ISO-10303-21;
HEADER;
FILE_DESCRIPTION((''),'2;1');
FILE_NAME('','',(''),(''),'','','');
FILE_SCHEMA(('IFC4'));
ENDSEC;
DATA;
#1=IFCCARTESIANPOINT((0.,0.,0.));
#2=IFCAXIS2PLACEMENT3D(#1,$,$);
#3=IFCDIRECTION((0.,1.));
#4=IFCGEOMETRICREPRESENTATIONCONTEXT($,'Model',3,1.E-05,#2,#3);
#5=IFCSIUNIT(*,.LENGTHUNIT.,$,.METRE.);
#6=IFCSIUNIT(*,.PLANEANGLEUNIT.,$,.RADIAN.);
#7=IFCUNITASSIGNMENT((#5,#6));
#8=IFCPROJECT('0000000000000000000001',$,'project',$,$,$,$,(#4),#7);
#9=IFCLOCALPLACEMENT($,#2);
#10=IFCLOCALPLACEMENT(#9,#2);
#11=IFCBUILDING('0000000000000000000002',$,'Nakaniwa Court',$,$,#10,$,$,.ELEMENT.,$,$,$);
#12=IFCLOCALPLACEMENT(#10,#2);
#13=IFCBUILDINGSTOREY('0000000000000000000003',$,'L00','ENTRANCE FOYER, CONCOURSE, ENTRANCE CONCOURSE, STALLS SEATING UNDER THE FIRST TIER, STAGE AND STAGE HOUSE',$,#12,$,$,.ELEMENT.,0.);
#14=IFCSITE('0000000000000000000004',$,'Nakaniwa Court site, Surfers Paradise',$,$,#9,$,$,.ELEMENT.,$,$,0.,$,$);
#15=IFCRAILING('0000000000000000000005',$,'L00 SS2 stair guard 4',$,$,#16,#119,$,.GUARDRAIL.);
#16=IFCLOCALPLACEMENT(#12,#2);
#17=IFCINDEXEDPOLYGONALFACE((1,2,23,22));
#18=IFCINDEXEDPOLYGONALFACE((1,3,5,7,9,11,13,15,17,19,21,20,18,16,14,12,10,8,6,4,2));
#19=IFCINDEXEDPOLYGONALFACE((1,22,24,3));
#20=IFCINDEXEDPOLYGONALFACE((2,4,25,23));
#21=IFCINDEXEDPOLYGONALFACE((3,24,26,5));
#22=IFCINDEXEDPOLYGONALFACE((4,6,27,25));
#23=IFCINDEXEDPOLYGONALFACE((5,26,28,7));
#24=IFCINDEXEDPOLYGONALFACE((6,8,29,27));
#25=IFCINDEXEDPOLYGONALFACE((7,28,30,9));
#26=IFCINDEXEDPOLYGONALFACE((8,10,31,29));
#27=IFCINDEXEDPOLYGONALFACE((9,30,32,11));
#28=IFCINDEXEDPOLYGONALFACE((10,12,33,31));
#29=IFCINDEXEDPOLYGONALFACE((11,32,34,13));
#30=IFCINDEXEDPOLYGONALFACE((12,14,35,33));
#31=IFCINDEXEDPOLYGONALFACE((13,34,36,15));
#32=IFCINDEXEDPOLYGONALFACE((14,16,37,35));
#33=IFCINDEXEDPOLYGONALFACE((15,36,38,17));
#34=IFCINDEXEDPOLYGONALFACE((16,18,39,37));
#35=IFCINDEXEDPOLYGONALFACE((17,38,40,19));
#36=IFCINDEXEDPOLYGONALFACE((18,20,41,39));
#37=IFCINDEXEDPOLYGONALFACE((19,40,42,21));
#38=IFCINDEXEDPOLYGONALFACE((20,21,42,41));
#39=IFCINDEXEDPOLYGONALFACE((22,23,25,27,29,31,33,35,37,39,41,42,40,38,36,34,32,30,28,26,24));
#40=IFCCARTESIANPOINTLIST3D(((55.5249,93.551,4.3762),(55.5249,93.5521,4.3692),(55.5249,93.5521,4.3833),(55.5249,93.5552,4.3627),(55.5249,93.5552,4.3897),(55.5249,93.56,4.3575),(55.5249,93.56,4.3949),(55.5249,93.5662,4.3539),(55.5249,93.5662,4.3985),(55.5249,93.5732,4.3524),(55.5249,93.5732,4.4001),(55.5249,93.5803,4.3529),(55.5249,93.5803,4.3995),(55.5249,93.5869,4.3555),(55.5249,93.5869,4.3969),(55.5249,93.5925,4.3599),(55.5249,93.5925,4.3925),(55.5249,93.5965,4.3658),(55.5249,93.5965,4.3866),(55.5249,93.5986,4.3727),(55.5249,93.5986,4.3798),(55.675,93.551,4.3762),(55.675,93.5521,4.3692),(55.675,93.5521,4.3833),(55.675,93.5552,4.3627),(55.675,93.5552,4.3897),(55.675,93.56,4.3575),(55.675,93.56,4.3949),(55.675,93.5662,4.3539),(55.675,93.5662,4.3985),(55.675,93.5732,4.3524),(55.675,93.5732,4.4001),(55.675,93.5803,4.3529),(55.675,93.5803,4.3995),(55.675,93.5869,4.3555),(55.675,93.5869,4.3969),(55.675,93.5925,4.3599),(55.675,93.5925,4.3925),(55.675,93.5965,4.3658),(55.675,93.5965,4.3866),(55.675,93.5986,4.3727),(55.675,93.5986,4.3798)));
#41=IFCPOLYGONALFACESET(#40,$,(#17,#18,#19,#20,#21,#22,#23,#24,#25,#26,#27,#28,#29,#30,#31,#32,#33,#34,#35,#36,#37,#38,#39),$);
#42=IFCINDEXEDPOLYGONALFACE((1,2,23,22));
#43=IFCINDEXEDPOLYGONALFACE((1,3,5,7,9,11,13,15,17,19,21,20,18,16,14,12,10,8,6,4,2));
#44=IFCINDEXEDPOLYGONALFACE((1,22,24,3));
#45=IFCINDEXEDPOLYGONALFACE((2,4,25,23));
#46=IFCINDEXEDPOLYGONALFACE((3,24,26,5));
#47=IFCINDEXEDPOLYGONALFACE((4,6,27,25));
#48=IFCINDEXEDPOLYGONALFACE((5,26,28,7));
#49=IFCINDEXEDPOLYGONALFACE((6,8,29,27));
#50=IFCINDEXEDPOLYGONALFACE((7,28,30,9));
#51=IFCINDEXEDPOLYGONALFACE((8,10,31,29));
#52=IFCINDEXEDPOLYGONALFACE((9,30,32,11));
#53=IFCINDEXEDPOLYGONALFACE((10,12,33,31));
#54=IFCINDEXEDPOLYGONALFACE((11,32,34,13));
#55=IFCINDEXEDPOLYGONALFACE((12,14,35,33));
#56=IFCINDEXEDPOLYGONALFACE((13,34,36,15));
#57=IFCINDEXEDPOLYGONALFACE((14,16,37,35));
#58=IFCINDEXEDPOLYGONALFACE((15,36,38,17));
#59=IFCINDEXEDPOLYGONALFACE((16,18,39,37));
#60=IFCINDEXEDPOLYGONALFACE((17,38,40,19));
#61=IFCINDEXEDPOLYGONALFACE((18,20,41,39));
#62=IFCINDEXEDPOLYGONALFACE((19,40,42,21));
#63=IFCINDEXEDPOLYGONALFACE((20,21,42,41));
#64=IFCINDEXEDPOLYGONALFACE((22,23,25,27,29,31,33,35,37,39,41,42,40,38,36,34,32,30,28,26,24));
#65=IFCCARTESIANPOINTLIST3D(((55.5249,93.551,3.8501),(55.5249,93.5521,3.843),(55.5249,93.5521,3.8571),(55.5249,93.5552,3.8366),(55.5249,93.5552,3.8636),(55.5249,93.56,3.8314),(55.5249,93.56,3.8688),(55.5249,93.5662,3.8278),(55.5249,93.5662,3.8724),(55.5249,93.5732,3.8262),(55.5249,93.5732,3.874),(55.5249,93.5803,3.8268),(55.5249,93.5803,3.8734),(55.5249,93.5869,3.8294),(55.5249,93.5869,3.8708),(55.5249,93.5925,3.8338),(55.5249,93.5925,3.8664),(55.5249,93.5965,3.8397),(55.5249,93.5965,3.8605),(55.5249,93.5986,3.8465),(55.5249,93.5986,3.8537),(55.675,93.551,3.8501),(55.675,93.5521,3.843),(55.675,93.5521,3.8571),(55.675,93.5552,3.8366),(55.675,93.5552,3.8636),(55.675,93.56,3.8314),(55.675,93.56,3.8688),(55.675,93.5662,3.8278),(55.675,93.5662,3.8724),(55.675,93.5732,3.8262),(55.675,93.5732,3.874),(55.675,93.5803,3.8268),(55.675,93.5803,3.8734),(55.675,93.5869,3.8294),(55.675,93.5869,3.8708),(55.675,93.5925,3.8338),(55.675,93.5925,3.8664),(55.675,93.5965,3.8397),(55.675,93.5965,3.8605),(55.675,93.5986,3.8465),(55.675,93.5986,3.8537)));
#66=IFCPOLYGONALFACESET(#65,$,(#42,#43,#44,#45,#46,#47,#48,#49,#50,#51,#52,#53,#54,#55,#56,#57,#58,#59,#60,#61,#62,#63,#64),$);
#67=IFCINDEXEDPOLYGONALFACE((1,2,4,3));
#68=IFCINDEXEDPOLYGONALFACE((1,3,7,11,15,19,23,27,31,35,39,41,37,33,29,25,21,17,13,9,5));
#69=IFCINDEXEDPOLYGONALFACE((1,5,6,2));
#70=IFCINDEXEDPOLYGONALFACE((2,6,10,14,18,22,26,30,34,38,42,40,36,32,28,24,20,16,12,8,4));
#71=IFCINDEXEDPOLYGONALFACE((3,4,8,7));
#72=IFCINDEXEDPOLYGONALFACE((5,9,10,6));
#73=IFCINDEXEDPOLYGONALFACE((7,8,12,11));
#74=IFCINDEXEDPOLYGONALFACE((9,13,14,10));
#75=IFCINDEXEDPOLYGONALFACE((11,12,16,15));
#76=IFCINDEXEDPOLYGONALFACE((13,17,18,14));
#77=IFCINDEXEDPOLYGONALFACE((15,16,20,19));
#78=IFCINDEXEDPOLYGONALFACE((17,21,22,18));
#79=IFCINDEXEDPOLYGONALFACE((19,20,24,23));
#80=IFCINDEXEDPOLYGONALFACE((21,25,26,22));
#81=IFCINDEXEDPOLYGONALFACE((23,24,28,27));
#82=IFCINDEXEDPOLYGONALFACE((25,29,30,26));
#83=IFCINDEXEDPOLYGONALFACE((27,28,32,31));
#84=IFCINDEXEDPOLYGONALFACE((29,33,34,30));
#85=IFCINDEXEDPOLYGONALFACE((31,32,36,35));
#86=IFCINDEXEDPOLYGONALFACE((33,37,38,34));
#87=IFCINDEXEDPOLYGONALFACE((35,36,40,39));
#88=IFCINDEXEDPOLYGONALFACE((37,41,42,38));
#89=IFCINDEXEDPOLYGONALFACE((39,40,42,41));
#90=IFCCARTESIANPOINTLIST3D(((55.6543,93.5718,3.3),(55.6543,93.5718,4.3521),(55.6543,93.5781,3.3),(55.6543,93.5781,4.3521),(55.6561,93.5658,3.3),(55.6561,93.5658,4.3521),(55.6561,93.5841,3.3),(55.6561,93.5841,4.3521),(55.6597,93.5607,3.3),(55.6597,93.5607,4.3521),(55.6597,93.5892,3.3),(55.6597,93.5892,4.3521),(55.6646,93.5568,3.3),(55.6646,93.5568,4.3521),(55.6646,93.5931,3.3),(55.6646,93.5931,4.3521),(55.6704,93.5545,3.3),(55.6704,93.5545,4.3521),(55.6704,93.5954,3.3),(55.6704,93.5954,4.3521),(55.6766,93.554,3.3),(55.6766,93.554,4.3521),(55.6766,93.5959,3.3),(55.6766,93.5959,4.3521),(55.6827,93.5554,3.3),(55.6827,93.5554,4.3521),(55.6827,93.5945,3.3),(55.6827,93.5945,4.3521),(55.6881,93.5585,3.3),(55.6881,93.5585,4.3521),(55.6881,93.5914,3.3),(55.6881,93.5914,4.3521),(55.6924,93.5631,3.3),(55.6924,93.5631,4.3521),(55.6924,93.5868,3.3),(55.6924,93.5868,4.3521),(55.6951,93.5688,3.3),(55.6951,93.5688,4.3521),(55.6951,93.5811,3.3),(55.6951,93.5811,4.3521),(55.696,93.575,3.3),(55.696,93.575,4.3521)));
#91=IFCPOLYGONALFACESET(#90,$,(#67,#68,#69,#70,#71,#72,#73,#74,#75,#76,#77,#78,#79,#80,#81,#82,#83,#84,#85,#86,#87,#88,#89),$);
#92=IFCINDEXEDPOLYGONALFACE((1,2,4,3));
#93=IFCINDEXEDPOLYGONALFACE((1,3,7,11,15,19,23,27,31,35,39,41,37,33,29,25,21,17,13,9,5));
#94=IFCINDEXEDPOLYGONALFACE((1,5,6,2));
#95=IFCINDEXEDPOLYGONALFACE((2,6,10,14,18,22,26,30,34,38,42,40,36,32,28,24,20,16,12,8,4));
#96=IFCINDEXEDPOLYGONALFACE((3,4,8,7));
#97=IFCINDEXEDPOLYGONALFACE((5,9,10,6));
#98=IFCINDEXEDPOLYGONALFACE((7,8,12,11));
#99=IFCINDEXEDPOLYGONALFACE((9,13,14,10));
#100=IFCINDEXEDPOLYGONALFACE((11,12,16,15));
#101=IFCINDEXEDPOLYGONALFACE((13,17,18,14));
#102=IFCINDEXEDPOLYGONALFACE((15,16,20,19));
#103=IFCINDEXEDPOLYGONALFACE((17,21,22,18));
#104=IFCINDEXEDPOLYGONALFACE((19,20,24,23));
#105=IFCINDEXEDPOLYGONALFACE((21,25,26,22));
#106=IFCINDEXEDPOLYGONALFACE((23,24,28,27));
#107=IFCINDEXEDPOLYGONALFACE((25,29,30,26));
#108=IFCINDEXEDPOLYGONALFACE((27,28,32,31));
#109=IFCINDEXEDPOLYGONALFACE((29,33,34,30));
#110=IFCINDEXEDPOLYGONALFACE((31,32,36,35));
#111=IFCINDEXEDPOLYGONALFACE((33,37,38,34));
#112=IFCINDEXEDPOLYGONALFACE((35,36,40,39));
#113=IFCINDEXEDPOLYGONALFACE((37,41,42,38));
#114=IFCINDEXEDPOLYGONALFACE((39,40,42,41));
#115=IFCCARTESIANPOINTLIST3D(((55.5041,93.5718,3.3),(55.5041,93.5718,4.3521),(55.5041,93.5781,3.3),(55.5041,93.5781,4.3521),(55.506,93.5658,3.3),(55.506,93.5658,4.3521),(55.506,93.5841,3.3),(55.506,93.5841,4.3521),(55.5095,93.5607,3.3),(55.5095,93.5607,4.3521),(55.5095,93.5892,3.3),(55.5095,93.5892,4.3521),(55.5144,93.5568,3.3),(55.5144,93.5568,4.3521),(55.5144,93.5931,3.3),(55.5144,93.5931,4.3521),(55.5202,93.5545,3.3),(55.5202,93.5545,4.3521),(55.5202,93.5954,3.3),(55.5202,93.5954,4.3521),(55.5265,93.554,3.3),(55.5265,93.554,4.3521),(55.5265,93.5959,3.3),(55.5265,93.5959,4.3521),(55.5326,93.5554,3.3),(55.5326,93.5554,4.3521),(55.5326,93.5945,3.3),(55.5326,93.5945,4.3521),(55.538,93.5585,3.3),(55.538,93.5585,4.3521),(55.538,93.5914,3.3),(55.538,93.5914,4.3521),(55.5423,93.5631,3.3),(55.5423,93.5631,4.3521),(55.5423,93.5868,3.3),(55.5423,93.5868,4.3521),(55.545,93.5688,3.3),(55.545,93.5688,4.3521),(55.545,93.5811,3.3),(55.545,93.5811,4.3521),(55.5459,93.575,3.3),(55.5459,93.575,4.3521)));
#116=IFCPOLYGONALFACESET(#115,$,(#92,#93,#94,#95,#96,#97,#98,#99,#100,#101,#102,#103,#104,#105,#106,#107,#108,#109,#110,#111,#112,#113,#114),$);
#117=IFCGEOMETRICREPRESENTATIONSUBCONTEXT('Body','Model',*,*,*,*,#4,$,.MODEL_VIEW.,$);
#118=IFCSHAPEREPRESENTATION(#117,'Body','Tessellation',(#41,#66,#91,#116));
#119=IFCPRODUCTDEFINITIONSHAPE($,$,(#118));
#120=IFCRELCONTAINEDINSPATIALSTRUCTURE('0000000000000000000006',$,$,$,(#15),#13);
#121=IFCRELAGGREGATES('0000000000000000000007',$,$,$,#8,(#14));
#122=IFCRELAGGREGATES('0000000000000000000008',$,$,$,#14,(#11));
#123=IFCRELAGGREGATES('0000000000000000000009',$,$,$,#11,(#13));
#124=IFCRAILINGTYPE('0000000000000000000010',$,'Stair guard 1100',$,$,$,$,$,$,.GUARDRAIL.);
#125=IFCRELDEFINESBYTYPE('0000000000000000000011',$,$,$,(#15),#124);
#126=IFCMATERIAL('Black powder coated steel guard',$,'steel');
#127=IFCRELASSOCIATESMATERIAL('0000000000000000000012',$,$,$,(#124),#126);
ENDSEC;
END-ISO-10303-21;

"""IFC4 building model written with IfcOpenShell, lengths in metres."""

from ifc_helpers import new_model, si_unit, direction, frame, origin, origin_2d, place, context, subcontext, project, spatial, circle, extrude, material, type_object, element, save


model = new_model("IFC4")

# Units and contexts
model_context = context("Model", 3, precision=1e-05, world=origin(), true_north=direction((0.0, 1.0)))
body_context = subcontext(model_context, "Body", "Model", "MODEL_VIEW")
ifc_project = project(units=[si_unit("LENGTHUNIT", "METRE"), si_unit("PLANEANGLEUNIT", "RADIAN")], contexts=[model_context])

# Site, building, storey
site_placement = place(None, origin())
site = spatial("IfcSite", under=ifc_project, at=site_placement, Name="Nakaniwa Court site, Surfers Paradise", CompositionType="ELEMENT", RefElevation=0.0)
building_placement = place(site_placement, origin())
building = spatial("IfcBuilding", under=site, at=building_placement, Name="Nakaniwa Court", CompositionType="ELEMENT")
storey_placement = place(building_placement, origin())
storey = spatial("IfcBuildingStorey", under=building, at=storey_placement, Name="L00", Description="ENTRANCE FOYER, CONCOURSE, ENTRANCE CONCOURSE, STALLS SEATING UNDER THE FIRST TIER, STAGE AND STAGE HOUSE", CompositionType="ELEMENT", Elevation=0.0)

# Railing
ifc_material_1 = material(Name="Black powder coated steel guard", Category="steel")
railing_type = type_object("IfcRailingType", Name="Stair guard 1100", PredefinedType="GUARDRAIL", material=ifc_material_1)
railing_1_placement = place(storey_placement, frame((55.675, 93.575, 3.3)))
element("IfcRailing", 1, at=railing_1_placement, inside=storey, type_object=railing_type, Name="L00 SS2 stair guard 4", PredefinedType="GUARDRAIL", context=body_context, shape_type="SweptSolid", body=[
    extrude(circle(Radius=0.0239, at=origin_2d()), frame((0.0, 0.0, 1.0762), z_axis=(-1.0, 0.0, 0.0), x_axis=(0.0, -1.0, 0.0)), (0.0, 0.0, 1.0), 0.1501),
    extrude(circle(Radius=0.0239, at=origin_2d()), frame((0.0, 0.0, 0.55), z_axis=(-1.0, 0.0, 0.0), x_axis=(0.0, -1.0, 0.0)), (0.0, 0.0, 1.0), 0.1501),
    extrude(circle(Radius=0.021, at=origin_2d()), origin(), (0.0, 0.0, 1.0), 1.052),
    extrude(circle(Radius=0.021, at=origin_2d()), frame((-0.1501, 0.0, 0.0)), (0.0, 0.0, 1.0), 1.052),
])

save(model, "model.ifc")
